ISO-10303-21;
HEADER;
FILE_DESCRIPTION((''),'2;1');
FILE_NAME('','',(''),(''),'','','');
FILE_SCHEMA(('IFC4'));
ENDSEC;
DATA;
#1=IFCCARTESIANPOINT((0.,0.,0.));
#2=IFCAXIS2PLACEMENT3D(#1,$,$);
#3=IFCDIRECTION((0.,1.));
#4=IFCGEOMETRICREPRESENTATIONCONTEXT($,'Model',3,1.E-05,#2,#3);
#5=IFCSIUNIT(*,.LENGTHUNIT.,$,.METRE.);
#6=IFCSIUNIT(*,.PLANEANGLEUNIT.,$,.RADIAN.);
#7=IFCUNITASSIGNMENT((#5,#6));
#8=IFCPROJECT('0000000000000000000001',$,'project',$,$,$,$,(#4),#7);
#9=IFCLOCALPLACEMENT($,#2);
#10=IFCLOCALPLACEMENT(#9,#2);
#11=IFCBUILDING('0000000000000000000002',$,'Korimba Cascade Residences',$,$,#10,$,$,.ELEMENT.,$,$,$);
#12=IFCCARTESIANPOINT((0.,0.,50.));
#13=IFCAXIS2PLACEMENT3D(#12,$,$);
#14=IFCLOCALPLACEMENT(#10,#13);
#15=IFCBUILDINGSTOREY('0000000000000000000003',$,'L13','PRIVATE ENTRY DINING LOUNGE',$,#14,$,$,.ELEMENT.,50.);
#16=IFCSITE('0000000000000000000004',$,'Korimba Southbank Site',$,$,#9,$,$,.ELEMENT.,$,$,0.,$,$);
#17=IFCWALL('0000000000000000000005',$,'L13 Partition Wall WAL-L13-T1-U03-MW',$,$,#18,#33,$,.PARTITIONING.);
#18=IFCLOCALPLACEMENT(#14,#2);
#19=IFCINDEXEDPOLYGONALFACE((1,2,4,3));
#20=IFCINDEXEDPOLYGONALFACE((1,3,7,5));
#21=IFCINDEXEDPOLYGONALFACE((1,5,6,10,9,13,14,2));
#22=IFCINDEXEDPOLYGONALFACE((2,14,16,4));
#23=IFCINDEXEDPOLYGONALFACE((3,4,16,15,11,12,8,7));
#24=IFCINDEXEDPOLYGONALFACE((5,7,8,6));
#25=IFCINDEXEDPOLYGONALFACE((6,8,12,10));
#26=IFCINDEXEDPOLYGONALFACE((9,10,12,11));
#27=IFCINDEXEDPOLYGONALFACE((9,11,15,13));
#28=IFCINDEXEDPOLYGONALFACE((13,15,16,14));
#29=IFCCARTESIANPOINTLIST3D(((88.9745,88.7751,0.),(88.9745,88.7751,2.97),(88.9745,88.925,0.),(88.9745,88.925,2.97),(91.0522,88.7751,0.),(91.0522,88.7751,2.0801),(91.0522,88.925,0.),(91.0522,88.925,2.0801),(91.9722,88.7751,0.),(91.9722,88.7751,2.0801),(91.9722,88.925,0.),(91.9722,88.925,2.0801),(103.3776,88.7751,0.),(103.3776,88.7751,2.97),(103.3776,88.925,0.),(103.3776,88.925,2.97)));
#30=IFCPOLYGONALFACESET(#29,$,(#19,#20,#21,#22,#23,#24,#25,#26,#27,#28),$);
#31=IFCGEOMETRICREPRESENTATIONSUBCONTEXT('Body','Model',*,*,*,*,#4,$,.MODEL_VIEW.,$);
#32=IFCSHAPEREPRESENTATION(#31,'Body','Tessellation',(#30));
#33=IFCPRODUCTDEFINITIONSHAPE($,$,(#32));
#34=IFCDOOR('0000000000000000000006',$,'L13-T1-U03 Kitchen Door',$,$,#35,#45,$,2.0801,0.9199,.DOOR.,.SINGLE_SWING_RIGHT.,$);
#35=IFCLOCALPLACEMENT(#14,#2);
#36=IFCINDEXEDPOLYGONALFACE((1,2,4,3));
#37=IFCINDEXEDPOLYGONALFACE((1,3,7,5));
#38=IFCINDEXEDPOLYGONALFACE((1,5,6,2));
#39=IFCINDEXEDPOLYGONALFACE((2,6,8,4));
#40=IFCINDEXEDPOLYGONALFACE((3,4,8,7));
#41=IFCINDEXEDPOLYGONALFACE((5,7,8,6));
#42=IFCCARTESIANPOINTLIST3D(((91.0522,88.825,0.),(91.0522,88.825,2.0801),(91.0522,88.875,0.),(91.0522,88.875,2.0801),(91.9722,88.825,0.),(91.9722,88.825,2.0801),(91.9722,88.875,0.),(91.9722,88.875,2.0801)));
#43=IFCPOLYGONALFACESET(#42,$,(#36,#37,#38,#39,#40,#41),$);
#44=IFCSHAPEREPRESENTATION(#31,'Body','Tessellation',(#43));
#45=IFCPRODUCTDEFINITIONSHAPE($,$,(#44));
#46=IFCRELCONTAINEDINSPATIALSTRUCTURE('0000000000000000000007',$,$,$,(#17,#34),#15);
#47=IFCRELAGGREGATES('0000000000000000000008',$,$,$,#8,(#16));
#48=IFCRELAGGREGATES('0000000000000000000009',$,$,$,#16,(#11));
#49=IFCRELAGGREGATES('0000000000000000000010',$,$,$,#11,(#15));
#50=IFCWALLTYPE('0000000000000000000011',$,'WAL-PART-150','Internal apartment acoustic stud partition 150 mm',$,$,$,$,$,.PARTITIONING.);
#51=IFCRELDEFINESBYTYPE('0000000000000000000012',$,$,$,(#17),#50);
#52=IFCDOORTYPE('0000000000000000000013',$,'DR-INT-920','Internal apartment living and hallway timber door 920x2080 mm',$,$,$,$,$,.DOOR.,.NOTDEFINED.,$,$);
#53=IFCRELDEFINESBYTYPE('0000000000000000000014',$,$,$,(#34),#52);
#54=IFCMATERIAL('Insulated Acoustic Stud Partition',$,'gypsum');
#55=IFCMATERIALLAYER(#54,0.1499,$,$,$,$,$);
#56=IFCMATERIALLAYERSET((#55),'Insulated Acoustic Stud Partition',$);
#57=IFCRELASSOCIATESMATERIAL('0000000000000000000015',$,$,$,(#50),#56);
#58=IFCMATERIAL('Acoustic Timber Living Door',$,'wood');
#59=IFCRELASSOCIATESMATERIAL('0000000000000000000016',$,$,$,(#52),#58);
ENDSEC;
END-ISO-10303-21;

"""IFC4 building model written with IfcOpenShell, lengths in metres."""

from ifc_helpers import new_model, si_unit, direction, frame, frame_2d, origin, place, context, subcontext, project, spatial, rectangle, extrude, material, layer, layer_set, type_object, element, fill, save


model = new_model("IFC4")

# Units and contexts
model_context = context("Model", 3, precision=1e-05, world=origin(), true_north=direction((0.0, 1.0)))
body_context = subcontext(model_context, "Body", "Model", "MODEL_VIEW")
ifc_project = project(units=[si_unit("LENGTHUNIT", "METRE"), si_unit("PLANEANGLEUNIT", "RADIAN")], contexts=[model_context])

# Site, building, storey
site_placement = place(None, origin())
site = spatial("IfcSite", under=ifc_project, at=site_placement, Name="Korimba Southbank Site", CompositionType="ELEMENT", RefElevation=0.0)
building_placement = place(site_placement, origin())
building = spatial("IfcBuilding", under=site, at=building_placement, Name="Korimba Cascade Residences", CompositionType="ELEMENT")
storey_placement = place(building_placement, frame((0.0, 0.0, 50.0)))
storey = spatial("IfcBuildingStorey", under=building, at=storey_placement, Name="L13", Description="PRIVATE ENTRY DINING LOUNGE", CompositionType="ELEMENT", Elevation=50.0)

# Shared definitions
ifc_material_1 = material(Name="Insulated Acoustic Stud Partition", Category="gypsum")
ifc_layer_1 = layer(ifc_material_1, 0.1499)
ifc_layer_set_1 = layer_set([ifc_layer_1], Name="Insulated Acoustic Stud Partition")
wall_type_1 = type_object("IfcWallType", Name="WAL-PART-150", Description="Internal apartment acoustic stud partition 150 mm", PredefinedType="PARTITIONING", material=ifc_layer_set_1)

# Wall, opening, door
wall_1_placement = place(storey_placement, frame((88.9744, 88.8501, 0.0), z_axis=(0.0, 0.0, 1.0), x_axis=(1.0, 0.0, 0.0)))
wall_1 = element("IfcWall", 1, at=wall_1_placement, inside=storey, type_object=wall_type_1, Name="L13 Partition Wall WAL-L13-T1-U03-MW", PredefinedType="PARTITIONING", context=body_context, shape_type="SweptSolid", body=[
    extrude(rectangle(XDim=14.4031, YDim=0.1499, at=frame_2d((7.2017, 0.0))), origin(), (0.0, 0.0, 1.0), 2.97),
])
opening_1_placement = place(wall_1_placement, frame((2.0779, 0.0, 0.0)))
opening_1 = element("IfcOpeningElement", 2, at=opening_1_placement, cuts=wall_1, PredefinedType="OPENING", context=body_context, shape_type="SweptSolid", body=[
    extrude(rectangle(XDim=0.9199, YDim=2.0801, at=frame_2d((0.46, 1.04))), frame((0.0, 0.085, 0.0), z_axis=(0.0, -1.0, 0.0), x_axis=(1.0, 0.0, 0.0)), (0.0, 0.0, 1.0), 0.1699),
])
ifc_material_2 = material(Name="Acoustic Timber Living Door", Category="wood")
door_type_1 = type_object("IfcDoorType", Name="DR-INT-920", Description="Internal apartment living and hallway timber door 920x2080 mm", OperationType="NOTDEFINED", PredefinedType="DOOR", material=ifc_material_2)
door_1_placement = place(opening_1_placement, origin())
door_1 = element("IfcDoor", 3, at=door_1_placement, inside=storey, type_object=door_type_1, Name="L13-T1-U03 Kitchen Door", OperationType="SINGLE_SWING_RIGHT", OverallHeight=2.0801, OverallWidth=0.9199, PredefinedType="DOOR", context=body_context, shape_type="SweptSolid", body=[
    extrude(rectangle(XDim=0.9199, YDim=2.0801, at=frame_2d((0.46, 1.04))), frame((0.0, 0.0249, 0.0), z_axis=(0.0, -1.0, 0.0), x_axis=(1.0, 0.0, 0.0)), (0.0, 0.0, 1.0), 0.05),
])
fill(opening_1, door_1)

save(model, "model.ifc")
